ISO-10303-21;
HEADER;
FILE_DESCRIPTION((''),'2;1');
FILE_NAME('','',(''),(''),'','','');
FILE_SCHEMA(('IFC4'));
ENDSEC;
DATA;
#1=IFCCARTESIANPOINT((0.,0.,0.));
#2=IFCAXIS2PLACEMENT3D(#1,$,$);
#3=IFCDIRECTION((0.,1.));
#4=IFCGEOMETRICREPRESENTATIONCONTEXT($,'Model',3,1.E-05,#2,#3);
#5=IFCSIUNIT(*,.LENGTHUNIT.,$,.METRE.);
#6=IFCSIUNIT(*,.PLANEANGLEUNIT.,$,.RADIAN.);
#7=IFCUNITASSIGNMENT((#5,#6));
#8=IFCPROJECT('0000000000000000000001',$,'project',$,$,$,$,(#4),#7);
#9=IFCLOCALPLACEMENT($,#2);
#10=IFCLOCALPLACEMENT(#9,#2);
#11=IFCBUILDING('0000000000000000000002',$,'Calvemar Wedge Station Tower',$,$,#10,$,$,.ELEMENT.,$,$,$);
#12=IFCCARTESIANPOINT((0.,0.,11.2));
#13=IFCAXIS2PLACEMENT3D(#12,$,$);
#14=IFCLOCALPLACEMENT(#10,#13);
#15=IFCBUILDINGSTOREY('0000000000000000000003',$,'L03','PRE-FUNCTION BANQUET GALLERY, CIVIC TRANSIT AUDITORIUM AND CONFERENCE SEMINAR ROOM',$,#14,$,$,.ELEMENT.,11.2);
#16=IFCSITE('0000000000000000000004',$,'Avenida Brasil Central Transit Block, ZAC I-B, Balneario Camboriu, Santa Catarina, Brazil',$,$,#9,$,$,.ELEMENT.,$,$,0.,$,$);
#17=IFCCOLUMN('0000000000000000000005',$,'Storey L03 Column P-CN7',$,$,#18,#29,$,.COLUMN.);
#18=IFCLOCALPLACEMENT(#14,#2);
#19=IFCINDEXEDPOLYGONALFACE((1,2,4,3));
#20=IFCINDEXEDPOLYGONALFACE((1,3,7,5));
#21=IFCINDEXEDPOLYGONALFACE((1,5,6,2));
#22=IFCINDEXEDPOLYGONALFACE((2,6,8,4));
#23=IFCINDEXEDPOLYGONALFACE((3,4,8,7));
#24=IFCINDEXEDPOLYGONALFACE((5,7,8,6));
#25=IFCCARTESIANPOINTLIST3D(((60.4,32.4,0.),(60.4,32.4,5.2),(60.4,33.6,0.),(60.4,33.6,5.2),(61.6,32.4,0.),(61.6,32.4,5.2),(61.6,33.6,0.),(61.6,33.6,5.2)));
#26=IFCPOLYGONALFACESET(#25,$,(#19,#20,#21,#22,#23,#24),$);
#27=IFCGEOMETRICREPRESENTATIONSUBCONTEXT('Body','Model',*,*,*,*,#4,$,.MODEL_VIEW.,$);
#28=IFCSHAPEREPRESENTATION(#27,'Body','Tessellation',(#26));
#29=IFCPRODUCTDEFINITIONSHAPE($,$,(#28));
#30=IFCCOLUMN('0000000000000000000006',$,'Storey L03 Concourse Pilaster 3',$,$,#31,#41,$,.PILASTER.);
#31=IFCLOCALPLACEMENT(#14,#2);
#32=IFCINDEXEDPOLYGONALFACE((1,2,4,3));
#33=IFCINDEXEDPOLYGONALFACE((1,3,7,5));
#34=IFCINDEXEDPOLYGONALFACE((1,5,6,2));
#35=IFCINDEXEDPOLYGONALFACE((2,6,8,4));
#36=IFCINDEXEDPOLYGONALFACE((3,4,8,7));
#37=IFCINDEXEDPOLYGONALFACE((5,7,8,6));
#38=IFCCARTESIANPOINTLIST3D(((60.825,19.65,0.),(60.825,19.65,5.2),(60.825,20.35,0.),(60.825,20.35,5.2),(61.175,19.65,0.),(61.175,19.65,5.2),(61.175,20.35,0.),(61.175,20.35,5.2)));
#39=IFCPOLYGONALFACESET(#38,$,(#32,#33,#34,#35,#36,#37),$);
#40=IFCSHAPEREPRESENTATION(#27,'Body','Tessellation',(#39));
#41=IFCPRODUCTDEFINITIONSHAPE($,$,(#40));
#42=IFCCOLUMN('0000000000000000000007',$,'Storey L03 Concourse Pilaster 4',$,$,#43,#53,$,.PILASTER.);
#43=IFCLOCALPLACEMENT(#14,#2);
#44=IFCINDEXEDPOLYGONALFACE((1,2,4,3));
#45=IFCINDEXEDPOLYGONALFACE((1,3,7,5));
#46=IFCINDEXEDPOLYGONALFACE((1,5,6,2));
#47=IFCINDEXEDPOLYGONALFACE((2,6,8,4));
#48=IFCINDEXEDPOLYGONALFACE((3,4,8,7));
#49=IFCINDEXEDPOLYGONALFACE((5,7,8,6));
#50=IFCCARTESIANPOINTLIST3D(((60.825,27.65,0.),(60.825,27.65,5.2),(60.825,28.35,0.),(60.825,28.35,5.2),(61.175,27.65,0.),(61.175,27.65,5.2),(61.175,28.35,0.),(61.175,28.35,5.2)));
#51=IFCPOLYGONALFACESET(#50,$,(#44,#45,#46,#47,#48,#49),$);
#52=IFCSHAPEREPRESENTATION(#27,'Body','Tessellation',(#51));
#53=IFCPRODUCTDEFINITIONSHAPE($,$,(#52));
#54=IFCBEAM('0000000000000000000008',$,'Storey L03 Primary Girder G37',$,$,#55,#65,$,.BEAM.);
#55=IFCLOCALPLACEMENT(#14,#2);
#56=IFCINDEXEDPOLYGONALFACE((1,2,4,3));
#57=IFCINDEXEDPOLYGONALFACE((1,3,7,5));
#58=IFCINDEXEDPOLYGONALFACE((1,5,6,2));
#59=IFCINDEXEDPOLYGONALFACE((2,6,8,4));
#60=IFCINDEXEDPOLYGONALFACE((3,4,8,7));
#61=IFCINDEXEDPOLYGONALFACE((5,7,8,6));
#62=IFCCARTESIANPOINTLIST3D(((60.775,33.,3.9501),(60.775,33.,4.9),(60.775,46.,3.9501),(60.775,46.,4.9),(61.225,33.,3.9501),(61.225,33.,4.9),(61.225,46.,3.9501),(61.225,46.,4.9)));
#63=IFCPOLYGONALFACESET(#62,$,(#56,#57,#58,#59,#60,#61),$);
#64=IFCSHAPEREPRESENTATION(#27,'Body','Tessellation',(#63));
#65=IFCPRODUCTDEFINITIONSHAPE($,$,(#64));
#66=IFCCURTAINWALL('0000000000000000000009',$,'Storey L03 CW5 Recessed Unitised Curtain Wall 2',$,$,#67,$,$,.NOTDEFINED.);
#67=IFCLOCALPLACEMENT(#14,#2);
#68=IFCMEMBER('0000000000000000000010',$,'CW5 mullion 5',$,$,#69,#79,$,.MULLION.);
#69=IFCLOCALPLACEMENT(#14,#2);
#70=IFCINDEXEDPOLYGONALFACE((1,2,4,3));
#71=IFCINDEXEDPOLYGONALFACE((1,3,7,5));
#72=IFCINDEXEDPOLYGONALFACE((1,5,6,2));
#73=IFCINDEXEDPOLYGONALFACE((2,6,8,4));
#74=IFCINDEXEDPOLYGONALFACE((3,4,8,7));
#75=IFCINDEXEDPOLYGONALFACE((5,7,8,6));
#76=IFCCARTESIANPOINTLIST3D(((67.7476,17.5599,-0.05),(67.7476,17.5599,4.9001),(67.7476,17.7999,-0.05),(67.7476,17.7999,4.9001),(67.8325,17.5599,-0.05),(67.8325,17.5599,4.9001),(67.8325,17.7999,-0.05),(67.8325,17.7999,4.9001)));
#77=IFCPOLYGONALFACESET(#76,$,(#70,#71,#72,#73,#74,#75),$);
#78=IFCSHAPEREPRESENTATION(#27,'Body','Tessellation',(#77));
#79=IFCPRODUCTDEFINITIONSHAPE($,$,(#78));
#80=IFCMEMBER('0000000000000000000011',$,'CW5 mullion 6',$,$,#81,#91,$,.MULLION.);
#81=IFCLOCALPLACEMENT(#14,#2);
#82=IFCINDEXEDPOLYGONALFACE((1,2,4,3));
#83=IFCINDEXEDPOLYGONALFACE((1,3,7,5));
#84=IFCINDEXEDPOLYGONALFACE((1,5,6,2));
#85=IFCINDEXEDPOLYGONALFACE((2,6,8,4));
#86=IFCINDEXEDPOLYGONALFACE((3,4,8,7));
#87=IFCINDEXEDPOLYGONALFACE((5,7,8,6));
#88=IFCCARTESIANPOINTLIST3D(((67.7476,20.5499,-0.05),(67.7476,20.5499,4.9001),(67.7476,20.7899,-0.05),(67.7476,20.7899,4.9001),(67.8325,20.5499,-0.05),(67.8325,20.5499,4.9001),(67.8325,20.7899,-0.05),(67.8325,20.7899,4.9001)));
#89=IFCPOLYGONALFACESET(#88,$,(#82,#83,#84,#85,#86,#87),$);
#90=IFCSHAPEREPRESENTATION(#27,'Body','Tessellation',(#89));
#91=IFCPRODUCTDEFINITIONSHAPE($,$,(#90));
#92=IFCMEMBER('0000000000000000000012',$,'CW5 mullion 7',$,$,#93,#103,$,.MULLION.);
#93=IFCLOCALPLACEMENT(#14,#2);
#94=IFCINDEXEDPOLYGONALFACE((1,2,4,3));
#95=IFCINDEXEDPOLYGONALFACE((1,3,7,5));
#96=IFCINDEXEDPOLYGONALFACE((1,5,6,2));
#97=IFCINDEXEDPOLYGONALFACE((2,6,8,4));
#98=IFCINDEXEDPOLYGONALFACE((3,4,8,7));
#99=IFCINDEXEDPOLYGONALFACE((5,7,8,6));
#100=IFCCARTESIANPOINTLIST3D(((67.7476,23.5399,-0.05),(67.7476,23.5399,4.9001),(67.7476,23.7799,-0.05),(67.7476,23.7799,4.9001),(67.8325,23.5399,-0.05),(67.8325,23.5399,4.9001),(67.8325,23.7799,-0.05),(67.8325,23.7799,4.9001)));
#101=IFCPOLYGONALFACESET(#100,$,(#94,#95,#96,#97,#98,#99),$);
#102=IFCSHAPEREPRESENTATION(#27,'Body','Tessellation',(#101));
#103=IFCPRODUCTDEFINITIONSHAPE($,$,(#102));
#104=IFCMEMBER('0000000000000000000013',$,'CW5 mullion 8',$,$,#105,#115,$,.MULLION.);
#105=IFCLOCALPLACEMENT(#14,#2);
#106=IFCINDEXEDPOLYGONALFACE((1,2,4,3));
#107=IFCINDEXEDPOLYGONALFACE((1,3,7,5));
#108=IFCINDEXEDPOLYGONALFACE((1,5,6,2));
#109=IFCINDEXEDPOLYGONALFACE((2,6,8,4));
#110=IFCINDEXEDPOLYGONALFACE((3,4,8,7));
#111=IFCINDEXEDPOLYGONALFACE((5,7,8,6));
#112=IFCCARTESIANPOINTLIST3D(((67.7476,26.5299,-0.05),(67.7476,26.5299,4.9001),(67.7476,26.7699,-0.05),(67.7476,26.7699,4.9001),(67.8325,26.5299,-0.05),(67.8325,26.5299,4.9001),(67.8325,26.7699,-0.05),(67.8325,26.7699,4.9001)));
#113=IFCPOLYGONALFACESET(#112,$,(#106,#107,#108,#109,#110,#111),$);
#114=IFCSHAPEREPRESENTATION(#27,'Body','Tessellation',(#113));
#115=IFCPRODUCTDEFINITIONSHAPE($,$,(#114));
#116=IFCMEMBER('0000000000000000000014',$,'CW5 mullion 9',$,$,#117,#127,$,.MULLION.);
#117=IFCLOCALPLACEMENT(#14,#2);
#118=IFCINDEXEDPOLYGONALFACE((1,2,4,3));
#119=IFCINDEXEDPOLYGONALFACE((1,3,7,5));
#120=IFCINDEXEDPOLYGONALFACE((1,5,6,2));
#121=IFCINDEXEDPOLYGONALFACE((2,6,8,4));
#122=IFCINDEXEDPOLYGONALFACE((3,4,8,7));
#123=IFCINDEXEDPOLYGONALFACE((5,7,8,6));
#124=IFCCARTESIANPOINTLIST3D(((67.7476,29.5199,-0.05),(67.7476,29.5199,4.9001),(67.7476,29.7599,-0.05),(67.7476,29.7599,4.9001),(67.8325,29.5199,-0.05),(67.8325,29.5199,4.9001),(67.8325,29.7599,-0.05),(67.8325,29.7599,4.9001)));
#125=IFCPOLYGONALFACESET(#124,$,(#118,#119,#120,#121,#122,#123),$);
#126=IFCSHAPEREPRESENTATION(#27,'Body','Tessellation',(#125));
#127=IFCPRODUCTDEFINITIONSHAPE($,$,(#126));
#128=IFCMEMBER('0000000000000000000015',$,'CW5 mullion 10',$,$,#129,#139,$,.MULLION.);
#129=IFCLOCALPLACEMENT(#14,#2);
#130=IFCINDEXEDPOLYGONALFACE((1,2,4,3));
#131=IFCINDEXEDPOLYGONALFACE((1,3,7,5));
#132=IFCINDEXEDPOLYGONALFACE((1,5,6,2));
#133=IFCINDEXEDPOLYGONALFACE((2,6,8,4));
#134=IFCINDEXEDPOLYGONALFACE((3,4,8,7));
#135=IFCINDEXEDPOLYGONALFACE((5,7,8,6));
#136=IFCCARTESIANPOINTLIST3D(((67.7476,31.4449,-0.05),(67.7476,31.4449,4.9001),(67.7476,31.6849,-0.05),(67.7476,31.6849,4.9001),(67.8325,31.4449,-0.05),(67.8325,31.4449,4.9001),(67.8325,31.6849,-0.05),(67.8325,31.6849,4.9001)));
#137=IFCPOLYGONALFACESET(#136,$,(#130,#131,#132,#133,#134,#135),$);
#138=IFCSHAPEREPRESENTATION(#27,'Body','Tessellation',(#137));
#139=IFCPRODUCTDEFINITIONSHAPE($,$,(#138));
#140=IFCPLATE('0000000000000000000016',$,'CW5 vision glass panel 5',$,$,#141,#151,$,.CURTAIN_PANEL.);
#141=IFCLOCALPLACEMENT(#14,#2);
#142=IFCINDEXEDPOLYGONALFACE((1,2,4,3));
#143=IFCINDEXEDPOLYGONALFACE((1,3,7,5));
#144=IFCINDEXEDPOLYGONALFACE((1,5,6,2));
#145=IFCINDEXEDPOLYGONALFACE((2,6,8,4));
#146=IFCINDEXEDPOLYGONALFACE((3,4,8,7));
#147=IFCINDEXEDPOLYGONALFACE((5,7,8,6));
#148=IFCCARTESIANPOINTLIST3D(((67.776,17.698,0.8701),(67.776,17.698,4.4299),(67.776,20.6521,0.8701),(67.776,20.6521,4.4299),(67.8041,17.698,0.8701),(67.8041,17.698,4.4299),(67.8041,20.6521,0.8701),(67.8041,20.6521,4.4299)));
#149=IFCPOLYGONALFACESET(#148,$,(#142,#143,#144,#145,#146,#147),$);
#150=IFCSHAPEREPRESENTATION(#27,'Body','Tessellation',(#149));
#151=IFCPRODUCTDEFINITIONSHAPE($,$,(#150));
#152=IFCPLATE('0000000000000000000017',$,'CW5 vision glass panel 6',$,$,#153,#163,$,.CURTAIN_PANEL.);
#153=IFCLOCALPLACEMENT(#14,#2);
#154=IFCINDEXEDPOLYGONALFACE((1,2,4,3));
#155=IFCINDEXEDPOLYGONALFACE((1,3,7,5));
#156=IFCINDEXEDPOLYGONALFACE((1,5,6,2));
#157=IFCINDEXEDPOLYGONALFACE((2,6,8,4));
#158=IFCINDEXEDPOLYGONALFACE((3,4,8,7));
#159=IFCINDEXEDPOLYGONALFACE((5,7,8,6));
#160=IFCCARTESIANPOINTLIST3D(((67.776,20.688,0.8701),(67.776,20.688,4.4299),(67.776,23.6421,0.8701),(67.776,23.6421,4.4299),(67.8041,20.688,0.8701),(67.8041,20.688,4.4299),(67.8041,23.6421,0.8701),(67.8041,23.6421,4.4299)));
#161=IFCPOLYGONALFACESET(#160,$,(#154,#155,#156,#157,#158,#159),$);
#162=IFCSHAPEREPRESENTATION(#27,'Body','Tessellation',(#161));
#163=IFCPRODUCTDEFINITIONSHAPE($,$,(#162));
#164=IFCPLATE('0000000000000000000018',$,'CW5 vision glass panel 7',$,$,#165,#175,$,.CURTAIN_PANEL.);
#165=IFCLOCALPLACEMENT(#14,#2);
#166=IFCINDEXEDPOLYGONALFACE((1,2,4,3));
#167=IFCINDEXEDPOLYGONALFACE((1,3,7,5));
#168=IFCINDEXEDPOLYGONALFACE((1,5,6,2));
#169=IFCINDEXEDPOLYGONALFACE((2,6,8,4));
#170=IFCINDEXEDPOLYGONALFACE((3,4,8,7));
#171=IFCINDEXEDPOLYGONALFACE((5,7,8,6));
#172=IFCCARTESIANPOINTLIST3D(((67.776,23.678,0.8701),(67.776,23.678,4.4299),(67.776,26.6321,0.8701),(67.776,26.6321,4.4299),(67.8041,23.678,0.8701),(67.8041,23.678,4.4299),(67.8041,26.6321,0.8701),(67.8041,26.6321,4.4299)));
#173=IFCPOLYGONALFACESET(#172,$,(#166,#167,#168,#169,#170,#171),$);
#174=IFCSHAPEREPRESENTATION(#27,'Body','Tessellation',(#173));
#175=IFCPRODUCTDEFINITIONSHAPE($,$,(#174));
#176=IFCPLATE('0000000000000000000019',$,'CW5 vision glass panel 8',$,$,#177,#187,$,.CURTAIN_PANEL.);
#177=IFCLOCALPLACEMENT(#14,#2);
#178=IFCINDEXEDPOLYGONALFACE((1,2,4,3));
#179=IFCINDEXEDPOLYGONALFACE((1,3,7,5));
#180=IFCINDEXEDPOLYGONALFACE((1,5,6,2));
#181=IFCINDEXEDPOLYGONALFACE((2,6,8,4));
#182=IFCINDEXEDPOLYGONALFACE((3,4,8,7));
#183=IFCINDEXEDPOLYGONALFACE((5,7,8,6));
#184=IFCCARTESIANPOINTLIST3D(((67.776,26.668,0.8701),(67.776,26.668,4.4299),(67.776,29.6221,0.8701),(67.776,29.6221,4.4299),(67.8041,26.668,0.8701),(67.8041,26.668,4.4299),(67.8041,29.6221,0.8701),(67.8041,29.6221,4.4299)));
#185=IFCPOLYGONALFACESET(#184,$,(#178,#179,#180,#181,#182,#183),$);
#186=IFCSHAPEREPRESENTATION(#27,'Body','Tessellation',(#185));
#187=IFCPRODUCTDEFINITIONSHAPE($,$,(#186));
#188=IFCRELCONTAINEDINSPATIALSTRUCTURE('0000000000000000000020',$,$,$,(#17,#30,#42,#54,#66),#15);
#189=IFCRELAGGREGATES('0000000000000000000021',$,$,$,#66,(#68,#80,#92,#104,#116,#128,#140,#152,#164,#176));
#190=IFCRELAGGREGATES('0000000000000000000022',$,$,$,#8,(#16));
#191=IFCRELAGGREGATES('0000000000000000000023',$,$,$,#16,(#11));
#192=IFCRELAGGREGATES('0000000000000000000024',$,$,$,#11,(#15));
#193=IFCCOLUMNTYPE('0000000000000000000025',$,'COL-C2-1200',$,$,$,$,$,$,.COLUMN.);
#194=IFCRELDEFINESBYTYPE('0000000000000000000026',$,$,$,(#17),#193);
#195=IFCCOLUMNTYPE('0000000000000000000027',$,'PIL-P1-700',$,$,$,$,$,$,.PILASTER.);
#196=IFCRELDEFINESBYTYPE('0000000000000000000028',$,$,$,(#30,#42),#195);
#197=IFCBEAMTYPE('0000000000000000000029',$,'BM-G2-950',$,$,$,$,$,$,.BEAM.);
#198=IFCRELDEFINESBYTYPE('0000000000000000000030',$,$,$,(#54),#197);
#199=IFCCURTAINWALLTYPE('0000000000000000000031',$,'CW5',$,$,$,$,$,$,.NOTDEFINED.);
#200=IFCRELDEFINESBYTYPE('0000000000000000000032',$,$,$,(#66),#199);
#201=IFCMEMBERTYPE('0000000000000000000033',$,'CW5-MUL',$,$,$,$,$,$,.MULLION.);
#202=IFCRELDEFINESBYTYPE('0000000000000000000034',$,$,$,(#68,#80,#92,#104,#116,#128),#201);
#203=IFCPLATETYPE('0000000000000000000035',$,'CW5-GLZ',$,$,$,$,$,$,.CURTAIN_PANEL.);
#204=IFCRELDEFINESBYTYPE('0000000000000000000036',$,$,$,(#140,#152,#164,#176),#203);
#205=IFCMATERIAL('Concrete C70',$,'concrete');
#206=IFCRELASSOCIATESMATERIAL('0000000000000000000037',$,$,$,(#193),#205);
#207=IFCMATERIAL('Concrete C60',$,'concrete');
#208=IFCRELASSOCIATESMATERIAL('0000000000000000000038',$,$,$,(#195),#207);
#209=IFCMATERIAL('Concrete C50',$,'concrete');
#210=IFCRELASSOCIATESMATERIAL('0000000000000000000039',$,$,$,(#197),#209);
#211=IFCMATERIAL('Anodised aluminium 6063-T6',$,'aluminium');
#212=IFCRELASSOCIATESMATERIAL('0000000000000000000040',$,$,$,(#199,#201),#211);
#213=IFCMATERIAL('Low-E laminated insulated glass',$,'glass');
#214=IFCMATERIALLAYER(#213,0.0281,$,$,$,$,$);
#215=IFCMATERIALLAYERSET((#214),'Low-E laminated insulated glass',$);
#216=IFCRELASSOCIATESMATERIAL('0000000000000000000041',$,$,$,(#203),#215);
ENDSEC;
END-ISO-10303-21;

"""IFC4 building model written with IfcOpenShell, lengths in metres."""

from ifc_helpers import new_model, si_unit, direction, frame, frame_2d, origin, origin_2d, place, context, subcontext, project, spatial, rectangle, extrude, source, transform, mapped, material, layer, layer_set, material_profile, profile_set, type_object, element, aggregate, save


model = new_model("IFC4")

# Units and contexts
model_context = context("Model", 3, precision=1e-05, world=origin(), true_north=direction((0.0, 1.0)))
body_context = subcontext(model_context, "Body", "Model", "MODEL_VIEW")
ifc_project = project(units=[si_unit("LENGTHUNIT", "METRE"), si_unit("PLANEANGLEUNIT", "RADIAN")], contexts=[model_context])

# Site, building, storey
site_placement = place(None, origin())
site = spatial("IfcSite", under=ifc_project, at=site_placement, Name="Avenida Brasil Central Transit Block, ZAC I-B, Balneario Camboriu, Santa Catarina, Brazil", CompositionType="ELEMENT", RefElevation=0.0)
building_placement = place(site_placement, origin())
building = spatial("IfcBuilding", under=site, at=building_placement, Name="Calvemar Wedge Station Tower", CompositionType="ELEMENT")
storey_placement = place(building_placement, frame((0.0, 0.0, 11.2)))
storey = spatial("IfcBuildingStorey", under=building, at=storey_placement, Name="L03", Description="PRE-FUNCTION BANQUET GALLERY, CIVIC TRANSIT AUDITORIUM AND CONFERENCE SEMINAR ROOM", CompositionType="ELEMENT", Elevation=11.2)

# Columns
ifc_material_1 = material(Name="Concrete C70", Category="concrete")
ifc_material_profile_1 = material_profile(ifc_material_1, rectangle(XDim=1.2, YDim=1.2, at=origin_2d()), Name="RC1200x1200")
ifc_profile_set_1 = profile_set([ifc_material_profile_1], Name="Concrete C70")
column_type_1 = type_object("IfcColumnType", Name="COL-C2-1200", PredefinedType="COLUMN", material=ifc_profile_set_1)
shared_shape_1 = source(origin(), body_context, "Body", "SweptSolid", [
    extrude(rectangle(XDim=1.2, YDim=1.2, at=origin_2d()), origin(), (0.0, 0.0, 1.0), 5.2),
])
column_placement = place(storey_placement, frame((61.0, 33.0, 0.0), z_axis=(0.0, 0.0, 1.0), x_axis=(1.0, 0.0, 0.0)))
element("IfcColumn", 1, at=column_placement, inside=storey, type_object=column_type_1, Name="Storey L03 Column P-CN7", PredefinedType="COLUMN", context=body_context, shape_type="MappedRepresentation", body=[
    mapped(shared_shape_1, transform((0.0, 0.0, 0.0), scale=1.0)),
])
ifc_material_2 = material(Name="Concrete C60", Category="concrete")
ifc_material_profile_2 = material_profile(ifc_material_2, rectangle(XDim=0.3501, YDim=0.7, at=origin_2d()), Name="RC350x700")
ifc_profile_set_2 = profile_set([ifc_material_profile_2], Name="Concrete C60")
column_type_2 = type_object("IfcColumnType", Name="PIL-P1-700", PredefinedType="PILASTER", material=ifc_profile_set_2)
shared_shape_2 = source(origin(), body_context, "Body", "SweptSolid", [
    extrude(rectangle(XDim=0.3501, YDim=0.7, at=origin_2d()), origin(), (0.0, 0.0, 1.0), 5.2),
])
for number, where, z_axis, x_axis, name in (
    (2, (61.0, 20.0, 0.0), (0.0, 0.0, 1.0), (1.0, 0.0, 0.0), "Storey L03 Concourse Pilaster 3"),
    (3, (61.0, 28.0, 0.0), (0.0, 0.0, 1.0), (1.0, 0.0, 0.0), "Storey L03 Concourse Pilaster 4"),
):
    element("IfcColumn", number, at=place(storey_placement, frame(where, z_axis=z_axis, x_axis=x_axis)), inside=storey, type_object=column_type_2, Name=name, PredefinedType="PILASTER", context=body_context, shape_type="MappedRepresentation", body=[
        mapped(shared_shape_2, transform((0.0, 0.0, 0.0), scale=1.0)),
    ])

# Beam
ifc_material_3 = material(Name="Concrete C50", Category="concrete")
ifc_material_profile_3 = material_profile(ifc_material_3, rectangle(XDim=0.45, YDim=0.95, at=origin_2d()), Name="RC450x950")
ifc_profile_set_3 = profile_set([ifc_material_profile_3], Name="Concrete C50")
beam_type = type_object("IfcBeamType", Name="BM-G2-950", PredefinedType="BEAM", material=ifc_profile_set_3)
shared_shape_3 = source(origin(), body_context, "Body", "SweptSolid", [
    extrude(rectangle(XDim=0.45, YDim=0.95, at=origin_2d()), origin(), (0.0, 0.0, 1.0), 13.0),
])
beam_placement = place(storey_placement, frame((61.0, 33.0, 4.425), z_axis=(0.0, 1.0, 0.0), x_axis=(-1.0, 0.0, 0.0)))
element("IfcBeam", 4, at=beam_placement, inside=storey, type_object=beam_type, Name="Storey L03 Primary Girder G37", PredefinedType="BEAM", context=body_context, shape_type="MappedRepresentation", body=[
    mapped(shared_shape_3, transform((0.0, 0.0, 0.0), scale=1.0)),
])

# Curtain wall, members, plates
ifc_material_4 = material(Name="Anodised aluminium 6063-T6", Category="aluminium")
curtain_wall_type = type_object("IfcCurtainWallType", Name="CW5", PredefinedType="NOTDEFINED", material=ifc_material_4)
curtain_wall_placement = place(storey_placement, origin())
curtain_wall = element("IfcCurtainWall", 5, at=curtain_wall_placement, inside=storey, type_object=curtain_wall_type, Name="Storey L03 CW5 Recessed Unitised Curtain Wall 2", PredefinedType="NOTDEFINED")
ifc_material_profile_4 = material_profile(ifc_material_4, rectangle(XDim=0.085, YDim=0.24, at=origin_2d()), Name="AL-MUL-85x240")
ifc_profile_set_4 = profile_set([ifc_material_profile_4], Name="Anodised aluminium 6063-T6")
member_type = type_object("IfcMemberType", Name="CW5-MUL", PredefinedType="MULLION", material=ifc_profile_set_4)
shared_shape_4 = source(origin(), body_context, "Body", "SweptSolid", [
    extrude(rectangle(XDim=0.085, YDim=0.24, at=origin_2d()), origin(), (0.0, 0.0, 1.0), 4.9502),
])
member_1_placement = place(storey_placement, frame((67.79, 17.6799, -0.05), z_axis=(0.0, 0.0, 1.0), x_axis=(1.0, 0.0, 0.0)))
member_1 = element("IfcMember", 6, at=member_1_placement, type_object=member_type, Name="CW5 mullion 5", PredefinedType="MULLION", context=body_context, shape_type="MappedRepresentation", body=[
    mapped(shared_shape_4, transform((0.0, 0.0, 0.0), scale=1.0)),
])
member_2_placement = place(storey_placement, frame((67.79, 20.6699, -0.05), z_axis=(0.0, 0.0, 1.0), x_axis=(1.0, 0.0, 0.0)))
member_2 = element("IfcMember", 7, at=member_2_placement, type_object=member_type, Name="CW5 mullion 6", PredefinedType="MULLION", context=body_context, shape_type="MappedRepresentation", body=[
    mapped(shared_shape_4, transform((0.0, 0.0, 0.0), scale=1.0)),
])
member_3_placement = place(storey_placement, frame((67.79, 23.6599, -0.05), z_axis=(0.0, 0.0, 1.0), x_axis=(1.0, 0.0, 0.0)))
member_3 = element("IfcMember", 8, at=member_3_placement, type_object=member_type, Name="CW5 mullion 7", PredefinedType="MULLION", context=body_context, shape_type="MappedRepresentation", body=[
    mapped(shared_shape_4, transform((0.0, 0.0, 0.0), scale=1.0)),
])
member_4_placement = place(storey_placement, frame((67.79, 26.6499, -0.05), z_axis=(0.0, 0.0, 1.0), x_axis=(1.0, 0.0, 0.0)))
member_4 = element("IfcMember", 9, at=member_4_placement, type_object=member_type, Name="CW5 mullion 8", PredefinedType="MULLION", context=body_context, shape_type="MappedRepresentation", body=[
    mapped(shared_shape_4, transform((0.0, 0.0, 0.0), scale=1.0)),
])
member_5_placement = place(storey_placement, frame((67.79, 29.6399, -0.05), z_axis=(0.0, 0.0, 1.0), x_axis=(1.0, 0.0, 0.0)))
member_5 = element("IfcMember", 10, at=member_5_placement, type_object=member_type, Name="CW5 mullion 9", PredefinedType="MULLION", context=body_context, shape_type="MappedRepresentation", body=[
    mapped(shared_shape_4, transform((0.0, 0.0, 0.0), scale=1.0)),
])
member_6_placement = place(storey_placement, frame((67.79, 31.5649, -0.05), z_axis=(0.0, 0.0, 1.0), x_axis=(1.0, 0.0, 0.0)))
member_6 = element("IfcMember", 11, at=member_6_placement, type_object=member_type, Name="CW5 mullion 10", PredefinedType="MULLION", context=body_context, shape_type="MappedRepresentation", body=[
    mapped(shared_shape_4, transform((0.0, 0.0, 0.0), scale=1.0)),
])
ifc_material_5 = material(Name="Low-E laminated insulated glass", Category="glass")
ifc_layer_1 = layer(ifc_material_5, 0.0281)
ifc_layer_set_1 = layer_set([ifc_layer_1], Name="Low-E laminated insulated glass")
plate_type_1 = type_object("IfcPlateType", Name="CW5-GLZ", PredefinedType="CURTAIN_PANEL", material=ifc_layer_set_1)
plate_1_placement = place(storey_placement, frame((67.79, 17.698, 0.8701), z_axis=(0.0, 0.0, 1.0), x_axis=(0.0, 1.0, 0.0)))
plate_1 = element("IfcPlate", 12, at=plate_1_placement, type_object=plate_type_1, Name="CW5 vision glass panel 5", PredefinedType="CURTAIN_PANEL", context=body_context, shape_type="SweptSolid", body=[
    extrude(rectangle(XDim=2.9541, YDim=0.0281, at=frame_2d((1.4771, 0.0))), origin(), (0.0, 0.0, 1.0), 3.5598),
])
plate_2_placement = place(storey_placement, frame((67.79, 20.688, 0.8701), z_axis=(0.0, 0.0, 1.0), x_axis=(0.0, 1.0, 0.0)))
plate_2 = element("IfcPlate", 13, at=plate_2_placement, type_object=plate_type_1, Name="CW5 vision glass panel 6", PredefinedType="CURTAIN_PANEL", context=body_context, shape_type="SweptSolid", body=[
    extrude(rectangle(XDim=2.9541, YDim=0.0281, at=frame_2d((1.4771, 0.0))), origin(), (0.0, 0.0, 1.0), 3.5598),
])
plate_3_placement = place(storey_placement, frame((67.79, 23.678, 0.8701), z_axis=(0.0, 0.0, 1.0), x_axis=(0.0, 1.0, 0.0)))
plate_3 = element("IfcPlate", 14, at=plate_3_placement, type_object=plate_type_1, Name="CW5 vision glass panel 7", PredefinedType="CURTAIN_PANEL", context=body_context, shape_type="SweptSolid", body=[
    extrude(rectangle(XDim=2.9541, YDim=0.0281, at=frame_2d((1.4771, 0.0))), origin(), (0.0, 0.0, 1.0), 3.5598),
])
plate_4_placement = place(storey_placement, frame((67.79, 26.668, 0.8701), z_axis=(0.0, 0.0, 1.0), x_axis=(0.0, 1.0, 0.0)))
plate_4 = element("IfcPlate", 15, at=plate_4_placement, type_object=plate_type_1, Name="CW5 vision glass panel 8", PredefinedType="CURTAIN_PANEL", context=body_context, shape_type="SweptSolid", body=[
    extrude(rectangle(XDim=2.9541, YDim=0.0281, at=frame_2d((1.4771, 0.0))), origin(), (0.0, 0.0, 1.0), 3.5598),
])
aggregate(curtain_wall, [member_1, member_2, member_3, member_4, member_5, member_6, plate_1, plate_2, plate_3, plate_4])

save(model, "model.ifc")
